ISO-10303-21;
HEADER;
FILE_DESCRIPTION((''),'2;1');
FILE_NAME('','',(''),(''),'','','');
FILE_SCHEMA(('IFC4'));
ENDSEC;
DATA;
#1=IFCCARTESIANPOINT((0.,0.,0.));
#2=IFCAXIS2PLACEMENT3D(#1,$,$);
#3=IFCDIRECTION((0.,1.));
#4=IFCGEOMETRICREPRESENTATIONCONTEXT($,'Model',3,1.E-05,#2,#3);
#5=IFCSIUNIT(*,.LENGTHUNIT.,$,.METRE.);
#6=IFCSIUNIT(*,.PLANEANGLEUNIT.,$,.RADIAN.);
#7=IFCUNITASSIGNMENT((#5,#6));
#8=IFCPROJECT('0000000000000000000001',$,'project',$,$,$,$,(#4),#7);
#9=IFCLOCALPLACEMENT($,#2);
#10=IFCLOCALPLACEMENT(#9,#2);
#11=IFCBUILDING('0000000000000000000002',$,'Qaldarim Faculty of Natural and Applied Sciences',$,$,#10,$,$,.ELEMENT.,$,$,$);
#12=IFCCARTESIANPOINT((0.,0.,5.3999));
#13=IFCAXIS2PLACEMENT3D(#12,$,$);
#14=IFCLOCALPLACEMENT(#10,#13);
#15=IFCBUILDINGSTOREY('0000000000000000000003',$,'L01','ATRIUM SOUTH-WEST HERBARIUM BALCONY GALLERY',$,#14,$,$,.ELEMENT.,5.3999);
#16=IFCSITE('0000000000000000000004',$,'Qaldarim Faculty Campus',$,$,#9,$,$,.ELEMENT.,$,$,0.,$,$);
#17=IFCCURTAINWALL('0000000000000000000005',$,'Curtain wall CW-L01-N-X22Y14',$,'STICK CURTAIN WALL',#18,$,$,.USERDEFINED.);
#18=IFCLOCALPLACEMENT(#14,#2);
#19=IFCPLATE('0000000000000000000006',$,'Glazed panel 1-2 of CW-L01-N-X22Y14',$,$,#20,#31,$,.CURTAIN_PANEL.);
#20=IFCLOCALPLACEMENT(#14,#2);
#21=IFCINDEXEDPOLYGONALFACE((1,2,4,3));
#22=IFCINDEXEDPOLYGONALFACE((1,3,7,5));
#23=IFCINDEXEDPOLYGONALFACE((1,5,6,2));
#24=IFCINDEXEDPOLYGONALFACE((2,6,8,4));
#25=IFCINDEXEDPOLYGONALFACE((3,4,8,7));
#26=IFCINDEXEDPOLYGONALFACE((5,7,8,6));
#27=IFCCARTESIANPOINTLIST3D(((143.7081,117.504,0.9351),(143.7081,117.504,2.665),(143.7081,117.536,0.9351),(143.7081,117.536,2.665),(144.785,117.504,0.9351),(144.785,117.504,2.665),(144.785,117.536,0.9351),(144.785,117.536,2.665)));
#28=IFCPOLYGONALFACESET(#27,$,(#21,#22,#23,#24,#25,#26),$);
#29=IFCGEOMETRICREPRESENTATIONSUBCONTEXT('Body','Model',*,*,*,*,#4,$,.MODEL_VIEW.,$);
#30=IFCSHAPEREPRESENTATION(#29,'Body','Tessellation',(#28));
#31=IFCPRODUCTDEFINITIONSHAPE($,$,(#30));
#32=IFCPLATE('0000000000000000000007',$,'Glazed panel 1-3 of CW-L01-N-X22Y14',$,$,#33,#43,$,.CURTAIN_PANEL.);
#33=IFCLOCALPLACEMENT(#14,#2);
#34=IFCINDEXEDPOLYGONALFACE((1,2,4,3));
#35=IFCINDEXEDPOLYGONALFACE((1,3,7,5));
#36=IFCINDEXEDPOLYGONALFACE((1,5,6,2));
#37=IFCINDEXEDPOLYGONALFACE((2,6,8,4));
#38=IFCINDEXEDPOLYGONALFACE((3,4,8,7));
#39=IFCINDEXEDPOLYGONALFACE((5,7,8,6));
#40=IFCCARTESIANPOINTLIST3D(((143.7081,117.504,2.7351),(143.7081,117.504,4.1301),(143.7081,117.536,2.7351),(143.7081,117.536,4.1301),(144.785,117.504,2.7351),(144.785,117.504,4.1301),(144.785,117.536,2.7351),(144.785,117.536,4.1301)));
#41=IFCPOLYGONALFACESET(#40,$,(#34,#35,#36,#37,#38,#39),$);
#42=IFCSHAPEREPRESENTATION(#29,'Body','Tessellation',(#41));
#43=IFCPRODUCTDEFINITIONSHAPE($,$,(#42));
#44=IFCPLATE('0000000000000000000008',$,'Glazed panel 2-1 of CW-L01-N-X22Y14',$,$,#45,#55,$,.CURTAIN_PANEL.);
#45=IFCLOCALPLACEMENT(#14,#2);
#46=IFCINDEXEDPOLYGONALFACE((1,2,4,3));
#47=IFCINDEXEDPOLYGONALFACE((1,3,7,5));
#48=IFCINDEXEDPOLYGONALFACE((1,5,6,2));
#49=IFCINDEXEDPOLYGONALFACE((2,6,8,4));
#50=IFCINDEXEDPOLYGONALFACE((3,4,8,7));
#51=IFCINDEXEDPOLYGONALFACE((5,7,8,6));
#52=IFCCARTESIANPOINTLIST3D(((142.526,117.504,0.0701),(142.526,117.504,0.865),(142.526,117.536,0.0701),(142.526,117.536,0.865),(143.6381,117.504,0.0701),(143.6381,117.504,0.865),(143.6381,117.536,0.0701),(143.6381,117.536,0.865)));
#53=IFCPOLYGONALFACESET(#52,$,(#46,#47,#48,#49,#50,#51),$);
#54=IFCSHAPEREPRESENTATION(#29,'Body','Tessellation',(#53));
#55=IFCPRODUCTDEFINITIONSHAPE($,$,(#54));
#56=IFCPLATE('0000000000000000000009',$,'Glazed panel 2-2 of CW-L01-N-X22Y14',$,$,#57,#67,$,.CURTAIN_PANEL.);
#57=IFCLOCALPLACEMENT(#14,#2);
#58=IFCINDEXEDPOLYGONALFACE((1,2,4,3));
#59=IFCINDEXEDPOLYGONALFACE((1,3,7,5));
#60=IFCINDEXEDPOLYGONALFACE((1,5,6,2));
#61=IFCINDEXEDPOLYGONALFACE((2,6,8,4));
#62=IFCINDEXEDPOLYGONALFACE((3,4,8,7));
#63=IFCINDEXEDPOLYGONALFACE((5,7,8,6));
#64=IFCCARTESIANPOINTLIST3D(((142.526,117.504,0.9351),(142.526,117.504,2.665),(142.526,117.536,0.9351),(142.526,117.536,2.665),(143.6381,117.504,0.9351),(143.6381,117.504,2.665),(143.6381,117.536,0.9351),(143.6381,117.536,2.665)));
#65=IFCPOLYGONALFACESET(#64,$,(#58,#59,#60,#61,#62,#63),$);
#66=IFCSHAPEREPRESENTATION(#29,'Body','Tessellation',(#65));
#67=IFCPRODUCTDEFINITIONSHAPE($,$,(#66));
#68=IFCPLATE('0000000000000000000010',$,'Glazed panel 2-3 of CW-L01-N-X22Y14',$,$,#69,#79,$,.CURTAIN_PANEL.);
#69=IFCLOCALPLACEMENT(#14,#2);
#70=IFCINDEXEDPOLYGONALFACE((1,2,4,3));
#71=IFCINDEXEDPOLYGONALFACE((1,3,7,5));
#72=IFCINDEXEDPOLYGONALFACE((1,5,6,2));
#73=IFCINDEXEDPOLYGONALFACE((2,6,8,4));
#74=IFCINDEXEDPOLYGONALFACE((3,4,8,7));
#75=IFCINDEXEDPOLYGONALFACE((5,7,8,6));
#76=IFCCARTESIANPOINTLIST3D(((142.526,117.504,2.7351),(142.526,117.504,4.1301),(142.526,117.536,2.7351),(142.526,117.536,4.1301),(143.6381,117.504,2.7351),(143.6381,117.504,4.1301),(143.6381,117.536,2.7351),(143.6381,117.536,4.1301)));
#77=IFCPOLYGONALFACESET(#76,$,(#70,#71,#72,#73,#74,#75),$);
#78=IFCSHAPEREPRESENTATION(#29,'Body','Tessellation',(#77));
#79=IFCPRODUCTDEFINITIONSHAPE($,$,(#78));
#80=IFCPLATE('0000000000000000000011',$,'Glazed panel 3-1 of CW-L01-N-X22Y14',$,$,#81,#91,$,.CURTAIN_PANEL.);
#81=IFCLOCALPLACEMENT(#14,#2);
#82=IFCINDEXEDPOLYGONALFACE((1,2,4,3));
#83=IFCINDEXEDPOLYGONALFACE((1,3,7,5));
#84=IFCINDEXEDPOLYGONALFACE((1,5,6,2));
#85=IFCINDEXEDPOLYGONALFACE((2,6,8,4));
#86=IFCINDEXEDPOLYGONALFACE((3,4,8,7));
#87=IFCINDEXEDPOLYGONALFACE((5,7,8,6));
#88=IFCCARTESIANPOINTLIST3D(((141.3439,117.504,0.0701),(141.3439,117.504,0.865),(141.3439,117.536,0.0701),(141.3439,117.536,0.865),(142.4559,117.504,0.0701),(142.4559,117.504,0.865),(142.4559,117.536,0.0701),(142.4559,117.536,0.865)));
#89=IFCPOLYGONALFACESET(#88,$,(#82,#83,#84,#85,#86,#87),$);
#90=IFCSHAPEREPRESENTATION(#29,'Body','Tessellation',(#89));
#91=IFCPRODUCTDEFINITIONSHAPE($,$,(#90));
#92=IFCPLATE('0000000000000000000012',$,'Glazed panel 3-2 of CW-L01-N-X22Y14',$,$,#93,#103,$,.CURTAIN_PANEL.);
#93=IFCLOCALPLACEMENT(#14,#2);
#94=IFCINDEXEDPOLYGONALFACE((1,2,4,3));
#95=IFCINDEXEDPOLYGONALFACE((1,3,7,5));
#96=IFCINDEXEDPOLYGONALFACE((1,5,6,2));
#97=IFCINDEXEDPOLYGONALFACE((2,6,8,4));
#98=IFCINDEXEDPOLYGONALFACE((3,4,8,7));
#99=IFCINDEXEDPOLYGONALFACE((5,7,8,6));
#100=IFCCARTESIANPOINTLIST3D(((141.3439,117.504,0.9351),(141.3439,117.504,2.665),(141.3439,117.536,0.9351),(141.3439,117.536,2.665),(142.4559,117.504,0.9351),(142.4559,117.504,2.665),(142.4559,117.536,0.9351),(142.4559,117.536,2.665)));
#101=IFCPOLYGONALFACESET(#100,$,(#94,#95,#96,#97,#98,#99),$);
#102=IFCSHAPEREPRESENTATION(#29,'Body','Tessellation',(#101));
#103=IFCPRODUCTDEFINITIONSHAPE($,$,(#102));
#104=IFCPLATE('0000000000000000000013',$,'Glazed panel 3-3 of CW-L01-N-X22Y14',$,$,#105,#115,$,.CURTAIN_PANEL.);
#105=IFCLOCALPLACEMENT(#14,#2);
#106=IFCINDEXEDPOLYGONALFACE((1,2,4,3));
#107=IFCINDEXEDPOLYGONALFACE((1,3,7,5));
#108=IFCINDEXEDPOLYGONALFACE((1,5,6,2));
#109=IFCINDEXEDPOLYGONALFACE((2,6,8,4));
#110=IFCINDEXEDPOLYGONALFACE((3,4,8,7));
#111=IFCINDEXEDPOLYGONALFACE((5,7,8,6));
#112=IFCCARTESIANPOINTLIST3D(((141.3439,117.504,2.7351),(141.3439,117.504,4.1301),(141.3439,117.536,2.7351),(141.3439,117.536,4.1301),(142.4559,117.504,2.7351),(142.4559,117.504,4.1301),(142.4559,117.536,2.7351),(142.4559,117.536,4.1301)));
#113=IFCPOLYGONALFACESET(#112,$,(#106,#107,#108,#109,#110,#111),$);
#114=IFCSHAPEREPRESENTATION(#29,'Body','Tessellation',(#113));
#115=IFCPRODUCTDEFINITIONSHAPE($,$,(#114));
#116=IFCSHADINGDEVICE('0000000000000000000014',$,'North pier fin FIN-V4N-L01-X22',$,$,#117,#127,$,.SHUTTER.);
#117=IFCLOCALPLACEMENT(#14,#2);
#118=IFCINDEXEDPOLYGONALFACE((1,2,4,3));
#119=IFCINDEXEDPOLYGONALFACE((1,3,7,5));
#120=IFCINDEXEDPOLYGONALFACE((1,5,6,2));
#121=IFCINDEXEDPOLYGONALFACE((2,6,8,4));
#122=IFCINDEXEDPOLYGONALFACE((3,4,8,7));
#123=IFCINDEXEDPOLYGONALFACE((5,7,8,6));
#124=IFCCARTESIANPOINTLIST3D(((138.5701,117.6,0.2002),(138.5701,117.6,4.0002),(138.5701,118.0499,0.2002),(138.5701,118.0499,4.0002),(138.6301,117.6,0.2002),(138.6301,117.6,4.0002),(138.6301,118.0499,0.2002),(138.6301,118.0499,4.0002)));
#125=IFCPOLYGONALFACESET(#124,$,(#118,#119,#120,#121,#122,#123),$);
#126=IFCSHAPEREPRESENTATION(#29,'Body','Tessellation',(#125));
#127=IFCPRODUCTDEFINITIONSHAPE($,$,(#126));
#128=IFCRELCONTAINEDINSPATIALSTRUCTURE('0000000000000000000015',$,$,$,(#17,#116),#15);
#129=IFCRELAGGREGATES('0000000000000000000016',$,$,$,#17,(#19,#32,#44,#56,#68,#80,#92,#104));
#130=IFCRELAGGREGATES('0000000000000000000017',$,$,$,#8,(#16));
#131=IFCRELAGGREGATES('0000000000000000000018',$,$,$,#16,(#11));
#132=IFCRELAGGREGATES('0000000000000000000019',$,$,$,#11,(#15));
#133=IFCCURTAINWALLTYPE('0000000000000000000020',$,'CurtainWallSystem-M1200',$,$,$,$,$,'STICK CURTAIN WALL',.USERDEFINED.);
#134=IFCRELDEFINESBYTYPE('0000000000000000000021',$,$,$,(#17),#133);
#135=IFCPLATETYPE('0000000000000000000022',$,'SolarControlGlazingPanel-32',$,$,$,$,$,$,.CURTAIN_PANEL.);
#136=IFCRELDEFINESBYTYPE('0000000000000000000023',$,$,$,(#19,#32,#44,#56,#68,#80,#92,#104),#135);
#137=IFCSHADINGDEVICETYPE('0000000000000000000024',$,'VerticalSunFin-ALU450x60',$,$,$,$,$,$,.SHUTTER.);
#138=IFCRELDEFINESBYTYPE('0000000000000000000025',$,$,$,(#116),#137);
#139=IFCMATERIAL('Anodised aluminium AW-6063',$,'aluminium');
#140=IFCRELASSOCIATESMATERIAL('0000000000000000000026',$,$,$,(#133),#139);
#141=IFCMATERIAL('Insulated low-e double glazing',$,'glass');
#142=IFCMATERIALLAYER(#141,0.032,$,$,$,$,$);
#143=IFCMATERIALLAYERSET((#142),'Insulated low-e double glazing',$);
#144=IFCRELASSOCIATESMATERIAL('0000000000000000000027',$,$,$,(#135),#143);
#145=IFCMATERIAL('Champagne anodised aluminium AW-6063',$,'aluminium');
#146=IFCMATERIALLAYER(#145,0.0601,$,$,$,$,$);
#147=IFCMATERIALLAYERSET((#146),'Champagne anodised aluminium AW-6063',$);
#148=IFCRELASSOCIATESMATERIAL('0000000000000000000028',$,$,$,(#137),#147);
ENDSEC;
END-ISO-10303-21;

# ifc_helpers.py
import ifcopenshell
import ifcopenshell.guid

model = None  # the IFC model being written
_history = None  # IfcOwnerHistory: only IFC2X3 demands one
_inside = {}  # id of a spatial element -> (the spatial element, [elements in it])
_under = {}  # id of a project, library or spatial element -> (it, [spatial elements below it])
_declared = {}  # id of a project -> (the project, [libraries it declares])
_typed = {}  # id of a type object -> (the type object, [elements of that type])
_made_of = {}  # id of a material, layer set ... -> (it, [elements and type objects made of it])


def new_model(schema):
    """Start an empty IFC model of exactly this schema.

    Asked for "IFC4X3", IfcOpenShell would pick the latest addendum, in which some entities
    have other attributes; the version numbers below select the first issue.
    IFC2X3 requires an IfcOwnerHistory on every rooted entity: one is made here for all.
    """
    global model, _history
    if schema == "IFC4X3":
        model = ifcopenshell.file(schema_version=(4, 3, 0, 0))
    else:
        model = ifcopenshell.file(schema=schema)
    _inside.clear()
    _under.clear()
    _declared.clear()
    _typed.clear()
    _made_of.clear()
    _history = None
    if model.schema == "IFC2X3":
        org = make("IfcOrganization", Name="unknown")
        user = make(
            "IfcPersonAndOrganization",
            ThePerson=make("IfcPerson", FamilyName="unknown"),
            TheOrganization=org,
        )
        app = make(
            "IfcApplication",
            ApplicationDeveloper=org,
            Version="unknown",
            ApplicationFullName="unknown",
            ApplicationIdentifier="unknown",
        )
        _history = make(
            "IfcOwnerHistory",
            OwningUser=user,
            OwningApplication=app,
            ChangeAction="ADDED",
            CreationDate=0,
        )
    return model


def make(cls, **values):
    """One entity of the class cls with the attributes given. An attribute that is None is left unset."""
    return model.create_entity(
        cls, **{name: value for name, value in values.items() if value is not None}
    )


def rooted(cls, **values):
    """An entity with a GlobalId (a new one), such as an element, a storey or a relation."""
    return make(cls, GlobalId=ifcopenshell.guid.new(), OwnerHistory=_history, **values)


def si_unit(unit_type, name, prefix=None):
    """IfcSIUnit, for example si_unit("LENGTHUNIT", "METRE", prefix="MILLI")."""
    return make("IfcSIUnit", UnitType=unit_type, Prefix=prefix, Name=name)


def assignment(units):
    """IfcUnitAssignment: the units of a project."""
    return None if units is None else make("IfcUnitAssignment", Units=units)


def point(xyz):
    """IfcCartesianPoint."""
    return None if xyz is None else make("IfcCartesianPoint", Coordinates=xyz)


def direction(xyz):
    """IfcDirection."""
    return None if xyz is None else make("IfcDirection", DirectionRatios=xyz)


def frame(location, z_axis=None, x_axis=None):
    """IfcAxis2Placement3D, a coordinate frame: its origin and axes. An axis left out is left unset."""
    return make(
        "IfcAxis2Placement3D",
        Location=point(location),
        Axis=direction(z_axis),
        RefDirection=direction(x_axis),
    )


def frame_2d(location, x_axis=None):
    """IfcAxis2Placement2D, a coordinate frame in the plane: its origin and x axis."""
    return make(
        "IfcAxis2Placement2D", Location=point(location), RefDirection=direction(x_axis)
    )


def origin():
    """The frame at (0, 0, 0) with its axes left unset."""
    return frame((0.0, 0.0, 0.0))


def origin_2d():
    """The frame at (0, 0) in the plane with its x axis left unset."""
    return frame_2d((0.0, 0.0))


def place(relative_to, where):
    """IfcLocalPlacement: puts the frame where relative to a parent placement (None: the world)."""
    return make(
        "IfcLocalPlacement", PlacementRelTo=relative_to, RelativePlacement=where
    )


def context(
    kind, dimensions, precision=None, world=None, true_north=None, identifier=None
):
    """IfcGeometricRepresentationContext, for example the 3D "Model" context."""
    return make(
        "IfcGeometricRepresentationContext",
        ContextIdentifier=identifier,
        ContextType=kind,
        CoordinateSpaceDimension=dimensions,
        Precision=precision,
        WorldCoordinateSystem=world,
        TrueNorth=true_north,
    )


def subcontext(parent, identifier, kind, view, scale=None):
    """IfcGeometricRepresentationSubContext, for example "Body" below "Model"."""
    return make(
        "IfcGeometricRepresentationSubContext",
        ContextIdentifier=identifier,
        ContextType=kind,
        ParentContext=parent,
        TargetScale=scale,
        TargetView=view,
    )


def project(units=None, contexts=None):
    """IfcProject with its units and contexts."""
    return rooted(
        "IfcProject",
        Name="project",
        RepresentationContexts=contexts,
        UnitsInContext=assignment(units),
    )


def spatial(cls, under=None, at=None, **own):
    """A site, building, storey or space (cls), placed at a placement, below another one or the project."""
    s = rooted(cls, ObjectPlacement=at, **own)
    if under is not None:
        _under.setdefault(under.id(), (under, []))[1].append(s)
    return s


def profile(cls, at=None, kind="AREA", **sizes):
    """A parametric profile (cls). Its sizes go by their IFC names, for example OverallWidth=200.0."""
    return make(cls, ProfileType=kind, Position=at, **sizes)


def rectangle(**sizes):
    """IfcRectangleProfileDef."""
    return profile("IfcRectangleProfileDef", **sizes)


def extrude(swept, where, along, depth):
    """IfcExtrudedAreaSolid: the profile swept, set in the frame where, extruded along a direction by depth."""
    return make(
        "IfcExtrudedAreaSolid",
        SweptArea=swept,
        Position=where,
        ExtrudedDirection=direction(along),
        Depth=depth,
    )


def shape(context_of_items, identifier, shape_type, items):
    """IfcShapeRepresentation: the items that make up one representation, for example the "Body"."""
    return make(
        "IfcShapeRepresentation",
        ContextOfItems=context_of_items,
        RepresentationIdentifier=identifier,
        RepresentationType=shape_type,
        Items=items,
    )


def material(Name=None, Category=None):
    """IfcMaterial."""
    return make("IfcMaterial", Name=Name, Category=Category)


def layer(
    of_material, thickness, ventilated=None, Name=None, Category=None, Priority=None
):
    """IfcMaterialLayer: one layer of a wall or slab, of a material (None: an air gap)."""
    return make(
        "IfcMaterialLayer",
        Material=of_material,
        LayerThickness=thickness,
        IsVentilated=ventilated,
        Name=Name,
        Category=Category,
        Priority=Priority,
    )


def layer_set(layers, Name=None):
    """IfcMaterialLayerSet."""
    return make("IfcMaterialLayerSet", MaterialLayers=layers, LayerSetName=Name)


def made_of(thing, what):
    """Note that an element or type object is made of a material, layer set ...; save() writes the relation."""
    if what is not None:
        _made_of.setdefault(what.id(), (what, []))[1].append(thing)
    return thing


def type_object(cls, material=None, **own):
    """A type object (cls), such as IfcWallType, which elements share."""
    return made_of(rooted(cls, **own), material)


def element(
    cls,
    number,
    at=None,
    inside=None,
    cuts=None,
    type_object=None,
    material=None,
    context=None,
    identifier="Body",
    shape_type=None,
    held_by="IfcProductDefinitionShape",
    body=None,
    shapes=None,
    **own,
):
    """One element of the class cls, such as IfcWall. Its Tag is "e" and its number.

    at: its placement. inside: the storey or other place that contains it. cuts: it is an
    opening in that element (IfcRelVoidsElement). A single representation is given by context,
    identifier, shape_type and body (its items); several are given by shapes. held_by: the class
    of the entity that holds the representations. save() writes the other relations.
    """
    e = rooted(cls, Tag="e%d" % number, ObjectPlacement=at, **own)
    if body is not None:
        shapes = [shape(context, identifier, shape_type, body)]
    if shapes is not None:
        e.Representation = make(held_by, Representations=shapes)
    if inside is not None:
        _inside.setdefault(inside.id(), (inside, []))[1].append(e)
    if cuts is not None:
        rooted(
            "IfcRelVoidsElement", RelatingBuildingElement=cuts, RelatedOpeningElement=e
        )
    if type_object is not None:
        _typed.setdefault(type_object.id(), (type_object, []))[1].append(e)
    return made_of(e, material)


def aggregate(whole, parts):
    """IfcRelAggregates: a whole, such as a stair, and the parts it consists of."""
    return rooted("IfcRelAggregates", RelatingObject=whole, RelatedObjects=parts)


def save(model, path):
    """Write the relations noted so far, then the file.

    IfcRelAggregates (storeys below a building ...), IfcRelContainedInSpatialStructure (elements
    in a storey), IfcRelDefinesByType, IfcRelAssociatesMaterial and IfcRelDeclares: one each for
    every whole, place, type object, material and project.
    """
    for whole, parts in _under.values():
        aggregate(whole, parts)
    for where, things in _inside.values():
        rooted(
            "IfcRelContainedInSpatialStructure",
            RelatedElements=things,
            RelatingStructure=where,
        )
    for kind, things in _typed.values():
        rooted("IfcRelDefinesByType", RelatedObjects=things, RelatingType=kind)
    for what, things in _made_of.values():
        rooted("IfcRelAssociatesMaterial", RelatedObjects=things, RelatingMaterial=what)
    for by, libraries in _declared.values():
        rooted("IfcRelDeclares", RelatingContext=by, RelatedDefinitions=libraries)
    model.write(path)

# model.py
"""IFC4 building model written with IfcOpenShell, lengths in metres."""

from ifc_helpers import new_model, si_unit, direction, frame, origin, origin_2d, place, context, subcontext, project, spatial, rectangle, extrude, material, layer, layer_set, type_object, element, aggregate, save


model = new_model("IFC4")

# Units and contexts
model_context = context("Model", 3, precision=1e-05, world=origin(), true_north=direction((0.0, 1.0)))
body_context = subcontext(model_context, "Body", "Model", "MODEL_VIEW")
ifc_project = project(units=[si_unit("LENGTHUNIT", "METRE"), si_unit("PLANEANGLEUNIT", "RADIAN")], contexts=[model_context])

# Site, building, storey
site_placement = place(None, origin())
site = spatial("IfcSite", under=ifc_project, at=site_placement, Name="Qaldarim Faculty Campus", CompositionType="ELEMENT", RefElevation=0.0)
building_placement = place(site_placement, origin())
building = spatial("IfcBuilding", under=site, at=building_placement, Name="Qaldarim Faculty of Natural and Applied Sciences", CompositionType="ELEMENT")
storey_placement = place(building_placement, frame((0.0, 0.0, 5.3999)))
storey = spatial("IfcBuildingStorey", under=building, at=storey_placement, Name="L01", Description="ATRIUM SOUTH-WEST HERBARIUM BALCONY GALLERY", CompositionType="ELEMENT", Elevation=5.3999)

# Curtain wall
ifc_material_1 = material(Name="Anodised aluminium AW-6063", Category="aluminium")
curtain_wall_type = type_object("IfcCurtainWallType", Name="CurtainWallSystem-M1200", ElementType="STICK CURTAIN WALL", PredefinedType="USERDEFINED", material=ifc_material_1)
curtain_wall_placement = place(storey_placement, origin())
curtain_wall = element("IfcCurtainWall", 1, at=curtain_wall_placement, inside=storey, type_object=curtain_wall_type, Name="Curtain wall CW-L01-N-X22Y14", ObjectType="STICK CURTAIN WALL", PredefinedType="USERDEFINED")

# Plates
ifc_material_2 = material(Name="Insulated low-e double glazing", Category="glass")
ifc_layer_1 = layer(ifc_material_2, 0.032)
ifc_layer_set_1 = layer_set([ifc_layer_1], Name="Insulated low-e double glazing")
plate_type = type_object("IfcPlateType", Name="SolarControlGlazingPanel-32", PredefinedType="CURTAIN_PANEL", material=ifc_layer_set_1)
plate_1_placement = place(storey_placement, frame((144.2466, 117.52, 0.9351), z_axis=(0.0, 0.0, 1.0), x_axis=(-1.0, 0.0, 0.0)))
plate_1 = element("IfcPlate", 2, at=plate_1_placement, type_object=plate_type, Name="Glazed panel 1-2 of CW-L01-N-X22Y14", PredefinedType="CURTAIN_PANEL", context=body_context, shape_type="SweptSolid", body=[
    extrude(rectangle(XDim=1.0769, YDim=0.032, at=origin_2d()), origin(), (0.0, 0.0, 1.0), 1.73),
])
plate_2_placement = place(storey_placement, frame((144.2466, 117.52, 2.7351), z_axis=(0.0, 0.0, 1.0), x_axis=(-1.0, 0.0, 0.0)))
plate_2 = element("IfcPlate", 3, at=plate_2_placement, type_object=plate_type, Name="Glazed panel 1-3 of CW-L01-N-X22Y14", PredefinedType="CURTAIN_PANEL", context=body_context, shape_type="SweptSolid", body=[
    extrude(rectangle(XDim=1.0769, YDim=0.032, at=origin_2d()), origin(), (0.0, 0.0, 1.0), 1.395),
])
plate_3_placement = place(storey_placement, frame((143.082, 117.52, 0.0701), z_axis=(0.0, 0.0, 1.0), x_axis=(-1.0, 0.0, 0.0)))
plate_3 = element("IfcPlate", 4, at=plate_3_placement, type_object=plate_type, Name="Glazed panel 2-1 of CW-L01-N-X22Y14", PredefinedType="CURTAIN_PANEL", context=body_context, shape_type="SweptSolid", body=[
    extrude(rectangle(XDim=1.1121, YDim=0.032, at=origin_2d()), origin(), (0.0, 0.0, 1.0), 0.7949),
])
plate_4_placement = place(storey_placement, frame((143.082, 117.52, 0.9351), z_axis=(0.0, 0.0, 1.0), x_axis=(-1.0, 0.0, 0.0)))
plate_4 = element("IfcPlate", 5, at=plate_4_placement, type_object=plate_type, Name="Glazed panel 2-2 of CW-L01-N-X22Y14", PredefinedType="CURTAIN_PANEL", context=body_context, shape_type="SweptSolid", body=[
    extrude(rectangle(XDim=1.1121, YDim=0.032, at=origin_2d()), origin(), (0.0, 0.0, 1.0), 1.73),
])
plate_5_placement = place(storey_placement, frame((143.082, 117.52, 2.7351), z_axis=(0.0, 0.0, 1.0), x_axis=(-1.0, 0.0, 0.0)))
plate_5 = element("IfcPlate", 6, at=plate_5_placement, type_object=plate_type, Name="Glazed panel 2-3 of CW-L01-N-X22Y14", PredefinedType="CURTAIN_PANEL", context=body_context, shape_type="SweptSolid", body=[
    extrude(rectangle(XDim=1.1121, YDim=0.032, at=origin_2d()), origin(), (0.0, 0.0, 1.0), 1.395),
])
plate_6_placement = place(storey_placement, frame((141.8999, 117.52, 0.0701), z_axis=(0.0, 0.0, 1.0), x_axis=(-1.0, 0.0, 0.0)))
plate_6 = element("IfcPlate", 7, at=plate_6_placement, type_object=plate_type, Name="Glazed panel 3-1 of CW-L01-N-X22Y14", PredefinedType="CURTAIN_PANEL", context=body_context, shape_type="SweptSolid", body=[
    extrude(rectangle(XDim=1.1121, YDim=0.032, at=origin_2d()), origin(), (0.0, 0.0, 1.0), 0.7949),
])
plate_7_placement = place(storey_placement, frame((141.8999, 117.52, 0.9351), z_axis=(0.0, 0.0, 1.0), x_axis=(-1.0, 0.0, 0.0)))
plate_7 = element("IfcPlate", 8, at=plate_7_placement, type_object=plate_type, Name="Glazed panel 3-2 of CW-L01-N-X22Y14", PredefinedType="CURTAIN_PANEL", context=body_context, shape_type="SweptSolid", body=[
    extrude(rectangle(XDim=1.1121, YDim=0.032, at=origin_2d()), origin(), (0.0, 0.0, 1.0), 1.73),
])
plate_8_placement = place(storey_placement, frame((141.8999, 117.52, 2.7351), z_axis=(0.0, 0.0, 1.0), x_axis=(-1.0, 0.0, 0.0)))
plate_8 = element("IfcPlate", 9, at=plate_8_placement, type_object=plate_type, Name="Glazed panel 3-3 of CW-L01-N-X22Y14", PredefinedType="CURTAIN_PANEL", context=body_context, shape_type="SweptSolid", body=[
    extrude(rectangle(XDim=1.1121, YDim=0.032, at=origin_2d()), origin(), (0.0, 0.0, 1.0), 1.395),
])
aggregate(curtain_wall, [plate_1, plate_2, plate_3, plate_4, plate_5, plate_6, plate_7, plate_8])

# Shading device
ifc_material_3 = material(Name="Champagne anodised aluminium AW-6063", Category="aluminium")
ifc_layer_2 = layer(ifc_material_3, 0.0601)
ifc_layer_set_2 = layer_set([ifc_layer_2], Name="Champagne anodised aluminium AW-6063")
shading_device_type = type_object("IfcShadingDeviceType", Name="VerticalSunFin-ALU450x60", PredefinedType="SHUTTER", material=ifc_layer_set_2)
shading_device_placement = place(storey_placement, frame((138.6001, 117.825, 0.2002), z_axis=(0.0, 0.0, 1.0), x_axis=(1.0, 0.0, 0.0)))
element("IfcShadingDevice", 10, at=shading_device_placement, inside=storey, type_object=shading_device_type, Name="North pier fin FIN-V4N-L01-X22", PredefinedType="SHUTTER", context=body_context, shape_type="SweptSolid", body=[
    extrude(rectangle(XDim=0.0601, YDim=0.45, at=origin_2d()), origin(), (0.0, 0.0, 1.0), 3.8),
])

save(model, "model.ifc")
